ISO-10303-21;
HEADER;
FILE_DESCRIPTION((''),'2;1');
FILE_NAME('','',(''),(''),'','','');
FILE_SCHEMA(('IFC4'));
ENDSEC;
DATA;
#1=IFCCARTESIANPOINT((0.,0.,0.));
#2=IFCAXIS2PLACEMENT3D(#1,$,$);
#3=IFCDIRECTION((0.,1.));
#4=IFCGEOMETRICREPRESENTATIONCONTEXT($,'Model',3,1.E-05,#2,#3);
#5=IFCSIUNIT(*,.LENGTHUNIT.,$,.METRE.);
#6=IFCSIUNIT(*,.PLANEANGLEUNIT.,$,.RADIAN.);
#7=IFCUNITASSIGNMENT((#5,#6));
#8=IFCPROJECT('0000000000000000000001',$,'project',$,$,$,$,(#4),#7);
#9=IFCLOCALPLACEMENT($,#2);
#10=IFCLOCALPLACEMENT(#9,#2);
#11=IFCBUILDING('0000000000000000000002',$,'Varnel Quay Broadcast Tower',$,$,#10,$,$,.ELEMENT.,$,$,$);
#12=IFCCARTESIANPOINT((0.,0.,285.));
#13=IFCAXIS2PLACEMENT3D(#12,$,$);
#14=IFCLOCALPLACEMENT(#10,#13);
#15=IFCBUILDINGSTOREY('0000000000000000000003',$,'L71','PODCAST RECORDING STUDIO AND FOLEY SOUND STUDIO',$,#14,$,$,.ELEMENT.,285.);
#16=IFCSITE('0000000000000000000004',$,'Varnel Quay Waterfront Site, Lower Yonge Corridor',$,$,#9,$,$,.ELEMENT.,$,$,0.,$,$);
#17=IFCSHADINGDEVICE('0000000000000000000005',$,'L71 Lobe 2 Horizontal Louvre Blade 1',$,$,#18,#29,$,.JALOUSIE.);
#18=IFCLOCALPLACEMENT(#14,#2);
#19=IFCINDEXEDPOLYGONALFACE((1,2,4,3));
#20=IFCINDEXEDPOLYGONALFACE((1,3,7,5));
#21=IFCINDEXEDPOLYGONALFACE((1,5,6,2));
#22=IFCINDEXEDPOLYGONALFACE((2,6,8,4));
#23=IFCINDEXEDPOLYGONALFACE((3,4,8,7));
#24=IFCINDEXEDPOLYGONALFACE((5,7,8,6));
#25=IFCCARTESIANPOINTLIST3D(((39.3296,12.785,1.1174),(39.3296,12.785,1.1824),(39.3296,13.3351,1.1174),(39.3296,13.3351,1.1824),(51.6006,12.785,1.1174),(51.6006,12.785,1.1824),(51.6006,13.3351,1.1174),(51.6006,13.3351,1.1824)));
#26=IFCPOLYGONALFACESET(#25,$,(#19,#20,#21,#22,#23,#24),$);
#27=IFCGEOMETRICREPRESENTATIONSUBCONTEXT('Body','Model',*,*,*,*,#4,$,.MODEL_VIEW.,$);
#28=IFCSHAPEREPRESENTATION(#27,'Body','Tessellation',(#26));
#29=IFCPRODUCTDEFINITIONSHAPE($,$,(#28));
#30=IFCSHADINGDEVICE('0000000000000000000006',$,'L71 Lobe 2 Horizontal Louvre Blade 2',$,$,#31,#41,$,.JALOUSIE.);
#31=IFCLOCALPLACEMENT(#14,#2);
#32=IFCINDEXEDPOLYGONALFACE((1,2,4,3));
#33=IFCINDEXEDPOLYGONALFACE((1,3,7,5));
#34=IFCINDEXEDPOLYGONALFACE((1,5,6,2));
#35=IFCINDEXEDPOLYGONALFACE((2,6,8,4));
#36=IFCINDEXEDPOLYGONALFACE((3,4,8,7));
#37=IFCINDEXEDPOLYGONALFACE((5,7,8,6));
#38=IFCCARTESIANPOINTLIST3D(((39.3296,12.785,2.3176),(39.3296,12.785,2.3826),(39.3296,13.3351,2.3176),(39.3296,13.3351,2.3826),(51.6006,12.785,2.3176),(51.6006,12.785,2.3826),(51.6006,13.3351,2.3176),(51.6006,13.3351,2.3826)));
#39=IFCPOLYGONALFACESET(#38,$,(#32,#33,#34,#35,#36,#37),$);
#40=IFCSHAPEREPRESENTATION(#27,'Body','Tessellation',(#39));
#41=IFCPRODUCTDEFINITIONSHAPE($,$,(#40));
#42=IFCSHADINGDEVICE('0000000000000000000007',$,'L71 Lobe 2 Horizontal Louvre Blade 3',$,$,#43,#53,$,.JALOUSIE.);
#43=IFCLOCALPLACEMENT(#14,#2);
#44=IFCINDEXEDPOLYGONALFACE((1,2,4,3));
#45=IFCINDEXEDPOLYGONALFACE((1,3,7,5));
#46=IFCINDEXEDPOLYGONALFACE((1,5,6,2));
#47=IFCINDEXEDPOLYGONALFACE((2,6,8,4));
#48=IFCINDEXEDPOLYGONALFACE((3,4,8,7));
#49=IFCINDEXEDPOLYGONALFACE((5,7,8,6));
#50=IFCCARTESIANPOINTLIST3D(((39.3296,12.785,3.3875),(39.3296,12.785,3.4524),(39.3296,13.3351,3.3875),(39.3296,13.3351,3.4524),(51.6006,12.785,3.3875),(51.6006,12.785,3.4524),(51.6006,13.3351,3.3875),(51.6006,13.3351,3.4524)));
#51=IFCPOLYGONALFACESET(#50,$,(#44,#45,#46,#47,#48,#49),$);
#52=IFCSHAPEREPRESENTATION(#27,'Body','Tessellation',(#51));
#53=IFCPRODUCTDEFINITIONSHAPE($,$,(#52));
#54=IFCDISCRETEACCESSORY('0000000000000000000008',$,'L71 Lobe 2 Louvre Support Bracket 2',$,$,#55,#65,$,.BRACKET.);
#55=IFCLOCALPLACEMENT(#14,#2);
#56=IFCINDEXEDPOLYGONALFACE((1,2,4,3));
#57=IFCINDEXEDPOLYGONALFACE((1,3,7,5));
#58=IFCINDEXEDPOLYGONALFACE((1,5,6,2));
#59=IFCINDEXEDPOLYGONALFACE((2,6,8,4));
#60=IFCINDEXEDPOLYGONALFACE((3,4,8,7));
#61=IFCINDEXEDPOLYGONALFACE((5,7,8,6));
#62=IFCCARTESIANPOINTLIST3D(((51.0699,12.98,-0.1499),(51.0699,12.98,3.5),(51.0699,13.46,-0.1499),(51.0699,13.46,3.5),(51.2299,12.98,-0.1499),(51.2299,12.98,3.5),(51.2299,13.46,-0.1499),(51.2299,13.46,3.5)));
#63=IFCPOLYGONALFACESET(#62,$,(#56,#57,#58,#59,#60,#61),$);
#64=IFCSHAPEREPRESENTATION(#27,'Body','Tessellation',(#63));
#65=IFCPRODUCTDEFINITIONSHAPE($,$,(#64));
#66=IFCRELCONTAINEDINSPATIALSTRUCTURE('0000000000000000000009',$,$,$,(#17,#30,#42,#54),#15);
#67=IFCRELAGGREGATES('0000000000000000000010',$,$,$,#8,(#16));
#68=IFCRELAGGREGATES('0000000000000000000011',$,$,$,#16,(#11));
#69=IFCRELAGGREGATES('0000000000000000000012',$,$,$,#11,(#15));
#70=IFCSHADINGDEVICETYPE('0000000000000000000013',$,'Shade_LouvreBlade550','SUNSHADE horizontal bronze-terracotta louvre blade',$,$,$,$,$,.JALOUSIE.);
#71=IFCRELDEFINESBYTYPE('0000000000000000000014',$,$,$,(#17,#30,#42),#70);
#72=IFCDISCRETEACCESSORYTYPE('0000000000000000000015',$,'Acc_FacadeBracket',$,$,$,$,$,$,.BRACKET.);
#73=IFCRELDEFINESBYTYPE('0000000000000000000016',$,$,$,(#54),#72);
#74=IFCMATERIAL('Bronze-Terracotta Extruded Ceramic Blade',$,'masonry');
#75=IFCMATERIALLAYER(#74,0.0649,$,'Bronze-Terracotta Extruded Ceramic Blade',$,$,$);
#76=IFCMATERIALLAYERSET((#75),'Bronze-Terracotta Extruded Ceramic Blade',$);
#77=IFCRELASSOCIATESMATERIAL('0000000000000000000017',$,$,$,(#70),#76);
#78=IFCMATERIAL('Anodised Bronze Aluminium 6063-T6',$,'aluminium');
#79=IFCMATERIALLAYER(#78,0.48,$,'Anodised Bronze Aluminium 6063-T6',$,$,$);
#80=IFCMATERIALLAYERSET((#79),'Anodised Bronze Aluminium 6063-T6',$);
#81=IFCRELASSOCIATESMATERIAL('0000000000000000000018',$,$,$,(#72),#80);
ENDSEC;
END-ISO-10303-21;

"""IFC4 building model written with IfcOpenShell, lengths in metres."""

from ifc_helpers import new_model, si_unit, direction, frame, origin, origin_2d, place, context, subcontext, project, spatial, rectangle, extrude, source, transform, mapped, material, layer, layer_set, type_object, type_shapes, element, save


model = new_model("IFC4")

# Units and contexts
model_context = context("Model", 3, precision=1e-05, world=origin(), true_north=direction((0.0, 1.0)))
body_context = subcontext(model_context, "Body", "Model", "MODEL_VIEW")
ifc_project = project(units=[si_unit("LENGTHUNIT", "METRE"), si_unit("PLANEANGLEUNIT", "RADIAN")], contexts=[model_context])

# Site, building, storey
site_placement = place(None, origin())
site = spatial("IfcSite", under=ifc_project, at=site_placement, Name="Varnel Quay Waterfront Site, Lower Yonge Corridor", CompositionType="ELEMENT", RefElevation=0.0)
building_placement = place(site_placement, origin())
building = spatial("IfcBuilding", under=site, at=building_placement, Name="Varnel Quay Broadcast Tower", CompositionType="ELEMENT")
storey_placement = place(building_placement, frame((0.0, 0.0, 285.0)))
storey = spatial("IfcBuildingStorey", under=building, at=storey_placement, Name="L71", Description="PODCAST RECORDING STUDIO AND FOLEY SOUND STUDIO", CompositionType="ELEMENT", Elevation=285.0)

# Shared definitions
ifc_material_1 = material(Name="Anodised Bronze Aluminium 6063-T6", Category="aluminium")

# Shading devices
ifc_material_2 = material(Name="Bronze-Terracotta Extruded Ceramic Blade", Category="masonry")
ifc_layer_1 = layer(ifc_material_2, 0.0649, Name="Bronze-Terracotta Extruded Ceramic Blade")
ifc_layer_set_1 = layer_set([ifc_layer_1], Name="Bronze-Terracotta Extruded Ceramic Blade")
shading_device_type = type_object("IfcShadingDeviceType", Name="Shade_LouvreBlade550", Description="SUNSHADE horizontal bronze-terracotta louvre blade", PredefinedType="JALOUSIE", material=ifc_layer_set_1)
shared_shape_1 = source(origin(), body_context, "Body", "SweptSolid", [
    extrude(rectangle(XDim=12.271, YDim=0.55, at=origin_2d()), origin(), (0.0, 0.0, 1.0), 0.0649),
])
type_shapes(shading_device_type, [shared_shape_1])
for number, where, z_axis, x_axis, name in (
    (1, (45.4651, 13.0601, 1.1174), (0.0, 0.0, 1.0), (1.0, 0.0, 0.0), "L71 Lobe 2 Horizontal Louvre Blade 1"),
    (2, (45.4651, 13.0601, 2.3176), (0.0, 0.0, 1.0), (1.0, 0.0, 0.0), "L71 Lobe 2 Horizontal Louvre Blade 2"),
    (3, (45.4651, 13.0601, 3.3875), (0.0, 0.0, 1.0), (1.0, 0.0, 0.0), "L71 Lobe 2 Horizontal Louvre Blade 3"),
):
    element("IfcShadingDevice", number, at=place(storey_placement, frame(where, z_axis=z_axis, x_axis=x_axis)), inside=storey, type_object=shading_device_type, Name=name, PredefinedType="JALOUSIE", context=body_context, shape_type="MappedRepresentation", body=[
        mapped(shared_shape_1, transform((0.0, 0.0, 0.0), x_axis=(1.0, 0.0, 0.0), y_axis=(0.0, 1.0, 0.0), z_axis=(0.0, 0.0, 1.0), scale=1.0)),
    ])

# Discrete accessory
ifc_layer_2 = layer(ifc_material_1, 0.48, Name="Anodised Bronze Aluminium 6063-T6")
ifc_layer_set_2 = layer_set([ifc_layer_2], Name="Anodised Bronze Aluminium 6063-T6")
discrete_accessory_type = type_object("IfcDiscreteAccessoryType", Name="Acc_FacadeBracket", PredefinedType="BRACKET", material=ifc_layer_set_2)
shared_shape_2 = source(origin(), body_context, "Body", "SweptSolid", [
    extrude(rectangle(XDim=0.1599, YDim=0.48, at=origin_2d()), origin(), (0.0, 0.0, 1.0), 3.6499),
])
type_shapes(discrete_accessory_type, [shared_shape_2])
discrete_accessory_placement = place(storey_placement, frame((51.1499, 13.22, -0.1499), z_axis=(0.0, 0.0, 1.0), x_axis=(1.0, 0.0, 0.0)))
element("IfcDiscreteAccessory", 4, at=discrete_accessory_placement, inside=storey, type_object=discrete_accessory_type, Name="L71 Lobe 2 Louvre Support Bracket 2", PredefinedType="BRACKET", context=body_context, shape_type="MappedRepresentation", body=[
    mapped(shared_shape_2, transform((0.0, 0.0, 0.0), x_axis=(1.0, 0.0, 0.0), y_axis=(0.0, 1.0, 0.0), z_axis=(0.0, 0.0, 1.0), scale=1.0)),
])

save(model, "model.ifc")
